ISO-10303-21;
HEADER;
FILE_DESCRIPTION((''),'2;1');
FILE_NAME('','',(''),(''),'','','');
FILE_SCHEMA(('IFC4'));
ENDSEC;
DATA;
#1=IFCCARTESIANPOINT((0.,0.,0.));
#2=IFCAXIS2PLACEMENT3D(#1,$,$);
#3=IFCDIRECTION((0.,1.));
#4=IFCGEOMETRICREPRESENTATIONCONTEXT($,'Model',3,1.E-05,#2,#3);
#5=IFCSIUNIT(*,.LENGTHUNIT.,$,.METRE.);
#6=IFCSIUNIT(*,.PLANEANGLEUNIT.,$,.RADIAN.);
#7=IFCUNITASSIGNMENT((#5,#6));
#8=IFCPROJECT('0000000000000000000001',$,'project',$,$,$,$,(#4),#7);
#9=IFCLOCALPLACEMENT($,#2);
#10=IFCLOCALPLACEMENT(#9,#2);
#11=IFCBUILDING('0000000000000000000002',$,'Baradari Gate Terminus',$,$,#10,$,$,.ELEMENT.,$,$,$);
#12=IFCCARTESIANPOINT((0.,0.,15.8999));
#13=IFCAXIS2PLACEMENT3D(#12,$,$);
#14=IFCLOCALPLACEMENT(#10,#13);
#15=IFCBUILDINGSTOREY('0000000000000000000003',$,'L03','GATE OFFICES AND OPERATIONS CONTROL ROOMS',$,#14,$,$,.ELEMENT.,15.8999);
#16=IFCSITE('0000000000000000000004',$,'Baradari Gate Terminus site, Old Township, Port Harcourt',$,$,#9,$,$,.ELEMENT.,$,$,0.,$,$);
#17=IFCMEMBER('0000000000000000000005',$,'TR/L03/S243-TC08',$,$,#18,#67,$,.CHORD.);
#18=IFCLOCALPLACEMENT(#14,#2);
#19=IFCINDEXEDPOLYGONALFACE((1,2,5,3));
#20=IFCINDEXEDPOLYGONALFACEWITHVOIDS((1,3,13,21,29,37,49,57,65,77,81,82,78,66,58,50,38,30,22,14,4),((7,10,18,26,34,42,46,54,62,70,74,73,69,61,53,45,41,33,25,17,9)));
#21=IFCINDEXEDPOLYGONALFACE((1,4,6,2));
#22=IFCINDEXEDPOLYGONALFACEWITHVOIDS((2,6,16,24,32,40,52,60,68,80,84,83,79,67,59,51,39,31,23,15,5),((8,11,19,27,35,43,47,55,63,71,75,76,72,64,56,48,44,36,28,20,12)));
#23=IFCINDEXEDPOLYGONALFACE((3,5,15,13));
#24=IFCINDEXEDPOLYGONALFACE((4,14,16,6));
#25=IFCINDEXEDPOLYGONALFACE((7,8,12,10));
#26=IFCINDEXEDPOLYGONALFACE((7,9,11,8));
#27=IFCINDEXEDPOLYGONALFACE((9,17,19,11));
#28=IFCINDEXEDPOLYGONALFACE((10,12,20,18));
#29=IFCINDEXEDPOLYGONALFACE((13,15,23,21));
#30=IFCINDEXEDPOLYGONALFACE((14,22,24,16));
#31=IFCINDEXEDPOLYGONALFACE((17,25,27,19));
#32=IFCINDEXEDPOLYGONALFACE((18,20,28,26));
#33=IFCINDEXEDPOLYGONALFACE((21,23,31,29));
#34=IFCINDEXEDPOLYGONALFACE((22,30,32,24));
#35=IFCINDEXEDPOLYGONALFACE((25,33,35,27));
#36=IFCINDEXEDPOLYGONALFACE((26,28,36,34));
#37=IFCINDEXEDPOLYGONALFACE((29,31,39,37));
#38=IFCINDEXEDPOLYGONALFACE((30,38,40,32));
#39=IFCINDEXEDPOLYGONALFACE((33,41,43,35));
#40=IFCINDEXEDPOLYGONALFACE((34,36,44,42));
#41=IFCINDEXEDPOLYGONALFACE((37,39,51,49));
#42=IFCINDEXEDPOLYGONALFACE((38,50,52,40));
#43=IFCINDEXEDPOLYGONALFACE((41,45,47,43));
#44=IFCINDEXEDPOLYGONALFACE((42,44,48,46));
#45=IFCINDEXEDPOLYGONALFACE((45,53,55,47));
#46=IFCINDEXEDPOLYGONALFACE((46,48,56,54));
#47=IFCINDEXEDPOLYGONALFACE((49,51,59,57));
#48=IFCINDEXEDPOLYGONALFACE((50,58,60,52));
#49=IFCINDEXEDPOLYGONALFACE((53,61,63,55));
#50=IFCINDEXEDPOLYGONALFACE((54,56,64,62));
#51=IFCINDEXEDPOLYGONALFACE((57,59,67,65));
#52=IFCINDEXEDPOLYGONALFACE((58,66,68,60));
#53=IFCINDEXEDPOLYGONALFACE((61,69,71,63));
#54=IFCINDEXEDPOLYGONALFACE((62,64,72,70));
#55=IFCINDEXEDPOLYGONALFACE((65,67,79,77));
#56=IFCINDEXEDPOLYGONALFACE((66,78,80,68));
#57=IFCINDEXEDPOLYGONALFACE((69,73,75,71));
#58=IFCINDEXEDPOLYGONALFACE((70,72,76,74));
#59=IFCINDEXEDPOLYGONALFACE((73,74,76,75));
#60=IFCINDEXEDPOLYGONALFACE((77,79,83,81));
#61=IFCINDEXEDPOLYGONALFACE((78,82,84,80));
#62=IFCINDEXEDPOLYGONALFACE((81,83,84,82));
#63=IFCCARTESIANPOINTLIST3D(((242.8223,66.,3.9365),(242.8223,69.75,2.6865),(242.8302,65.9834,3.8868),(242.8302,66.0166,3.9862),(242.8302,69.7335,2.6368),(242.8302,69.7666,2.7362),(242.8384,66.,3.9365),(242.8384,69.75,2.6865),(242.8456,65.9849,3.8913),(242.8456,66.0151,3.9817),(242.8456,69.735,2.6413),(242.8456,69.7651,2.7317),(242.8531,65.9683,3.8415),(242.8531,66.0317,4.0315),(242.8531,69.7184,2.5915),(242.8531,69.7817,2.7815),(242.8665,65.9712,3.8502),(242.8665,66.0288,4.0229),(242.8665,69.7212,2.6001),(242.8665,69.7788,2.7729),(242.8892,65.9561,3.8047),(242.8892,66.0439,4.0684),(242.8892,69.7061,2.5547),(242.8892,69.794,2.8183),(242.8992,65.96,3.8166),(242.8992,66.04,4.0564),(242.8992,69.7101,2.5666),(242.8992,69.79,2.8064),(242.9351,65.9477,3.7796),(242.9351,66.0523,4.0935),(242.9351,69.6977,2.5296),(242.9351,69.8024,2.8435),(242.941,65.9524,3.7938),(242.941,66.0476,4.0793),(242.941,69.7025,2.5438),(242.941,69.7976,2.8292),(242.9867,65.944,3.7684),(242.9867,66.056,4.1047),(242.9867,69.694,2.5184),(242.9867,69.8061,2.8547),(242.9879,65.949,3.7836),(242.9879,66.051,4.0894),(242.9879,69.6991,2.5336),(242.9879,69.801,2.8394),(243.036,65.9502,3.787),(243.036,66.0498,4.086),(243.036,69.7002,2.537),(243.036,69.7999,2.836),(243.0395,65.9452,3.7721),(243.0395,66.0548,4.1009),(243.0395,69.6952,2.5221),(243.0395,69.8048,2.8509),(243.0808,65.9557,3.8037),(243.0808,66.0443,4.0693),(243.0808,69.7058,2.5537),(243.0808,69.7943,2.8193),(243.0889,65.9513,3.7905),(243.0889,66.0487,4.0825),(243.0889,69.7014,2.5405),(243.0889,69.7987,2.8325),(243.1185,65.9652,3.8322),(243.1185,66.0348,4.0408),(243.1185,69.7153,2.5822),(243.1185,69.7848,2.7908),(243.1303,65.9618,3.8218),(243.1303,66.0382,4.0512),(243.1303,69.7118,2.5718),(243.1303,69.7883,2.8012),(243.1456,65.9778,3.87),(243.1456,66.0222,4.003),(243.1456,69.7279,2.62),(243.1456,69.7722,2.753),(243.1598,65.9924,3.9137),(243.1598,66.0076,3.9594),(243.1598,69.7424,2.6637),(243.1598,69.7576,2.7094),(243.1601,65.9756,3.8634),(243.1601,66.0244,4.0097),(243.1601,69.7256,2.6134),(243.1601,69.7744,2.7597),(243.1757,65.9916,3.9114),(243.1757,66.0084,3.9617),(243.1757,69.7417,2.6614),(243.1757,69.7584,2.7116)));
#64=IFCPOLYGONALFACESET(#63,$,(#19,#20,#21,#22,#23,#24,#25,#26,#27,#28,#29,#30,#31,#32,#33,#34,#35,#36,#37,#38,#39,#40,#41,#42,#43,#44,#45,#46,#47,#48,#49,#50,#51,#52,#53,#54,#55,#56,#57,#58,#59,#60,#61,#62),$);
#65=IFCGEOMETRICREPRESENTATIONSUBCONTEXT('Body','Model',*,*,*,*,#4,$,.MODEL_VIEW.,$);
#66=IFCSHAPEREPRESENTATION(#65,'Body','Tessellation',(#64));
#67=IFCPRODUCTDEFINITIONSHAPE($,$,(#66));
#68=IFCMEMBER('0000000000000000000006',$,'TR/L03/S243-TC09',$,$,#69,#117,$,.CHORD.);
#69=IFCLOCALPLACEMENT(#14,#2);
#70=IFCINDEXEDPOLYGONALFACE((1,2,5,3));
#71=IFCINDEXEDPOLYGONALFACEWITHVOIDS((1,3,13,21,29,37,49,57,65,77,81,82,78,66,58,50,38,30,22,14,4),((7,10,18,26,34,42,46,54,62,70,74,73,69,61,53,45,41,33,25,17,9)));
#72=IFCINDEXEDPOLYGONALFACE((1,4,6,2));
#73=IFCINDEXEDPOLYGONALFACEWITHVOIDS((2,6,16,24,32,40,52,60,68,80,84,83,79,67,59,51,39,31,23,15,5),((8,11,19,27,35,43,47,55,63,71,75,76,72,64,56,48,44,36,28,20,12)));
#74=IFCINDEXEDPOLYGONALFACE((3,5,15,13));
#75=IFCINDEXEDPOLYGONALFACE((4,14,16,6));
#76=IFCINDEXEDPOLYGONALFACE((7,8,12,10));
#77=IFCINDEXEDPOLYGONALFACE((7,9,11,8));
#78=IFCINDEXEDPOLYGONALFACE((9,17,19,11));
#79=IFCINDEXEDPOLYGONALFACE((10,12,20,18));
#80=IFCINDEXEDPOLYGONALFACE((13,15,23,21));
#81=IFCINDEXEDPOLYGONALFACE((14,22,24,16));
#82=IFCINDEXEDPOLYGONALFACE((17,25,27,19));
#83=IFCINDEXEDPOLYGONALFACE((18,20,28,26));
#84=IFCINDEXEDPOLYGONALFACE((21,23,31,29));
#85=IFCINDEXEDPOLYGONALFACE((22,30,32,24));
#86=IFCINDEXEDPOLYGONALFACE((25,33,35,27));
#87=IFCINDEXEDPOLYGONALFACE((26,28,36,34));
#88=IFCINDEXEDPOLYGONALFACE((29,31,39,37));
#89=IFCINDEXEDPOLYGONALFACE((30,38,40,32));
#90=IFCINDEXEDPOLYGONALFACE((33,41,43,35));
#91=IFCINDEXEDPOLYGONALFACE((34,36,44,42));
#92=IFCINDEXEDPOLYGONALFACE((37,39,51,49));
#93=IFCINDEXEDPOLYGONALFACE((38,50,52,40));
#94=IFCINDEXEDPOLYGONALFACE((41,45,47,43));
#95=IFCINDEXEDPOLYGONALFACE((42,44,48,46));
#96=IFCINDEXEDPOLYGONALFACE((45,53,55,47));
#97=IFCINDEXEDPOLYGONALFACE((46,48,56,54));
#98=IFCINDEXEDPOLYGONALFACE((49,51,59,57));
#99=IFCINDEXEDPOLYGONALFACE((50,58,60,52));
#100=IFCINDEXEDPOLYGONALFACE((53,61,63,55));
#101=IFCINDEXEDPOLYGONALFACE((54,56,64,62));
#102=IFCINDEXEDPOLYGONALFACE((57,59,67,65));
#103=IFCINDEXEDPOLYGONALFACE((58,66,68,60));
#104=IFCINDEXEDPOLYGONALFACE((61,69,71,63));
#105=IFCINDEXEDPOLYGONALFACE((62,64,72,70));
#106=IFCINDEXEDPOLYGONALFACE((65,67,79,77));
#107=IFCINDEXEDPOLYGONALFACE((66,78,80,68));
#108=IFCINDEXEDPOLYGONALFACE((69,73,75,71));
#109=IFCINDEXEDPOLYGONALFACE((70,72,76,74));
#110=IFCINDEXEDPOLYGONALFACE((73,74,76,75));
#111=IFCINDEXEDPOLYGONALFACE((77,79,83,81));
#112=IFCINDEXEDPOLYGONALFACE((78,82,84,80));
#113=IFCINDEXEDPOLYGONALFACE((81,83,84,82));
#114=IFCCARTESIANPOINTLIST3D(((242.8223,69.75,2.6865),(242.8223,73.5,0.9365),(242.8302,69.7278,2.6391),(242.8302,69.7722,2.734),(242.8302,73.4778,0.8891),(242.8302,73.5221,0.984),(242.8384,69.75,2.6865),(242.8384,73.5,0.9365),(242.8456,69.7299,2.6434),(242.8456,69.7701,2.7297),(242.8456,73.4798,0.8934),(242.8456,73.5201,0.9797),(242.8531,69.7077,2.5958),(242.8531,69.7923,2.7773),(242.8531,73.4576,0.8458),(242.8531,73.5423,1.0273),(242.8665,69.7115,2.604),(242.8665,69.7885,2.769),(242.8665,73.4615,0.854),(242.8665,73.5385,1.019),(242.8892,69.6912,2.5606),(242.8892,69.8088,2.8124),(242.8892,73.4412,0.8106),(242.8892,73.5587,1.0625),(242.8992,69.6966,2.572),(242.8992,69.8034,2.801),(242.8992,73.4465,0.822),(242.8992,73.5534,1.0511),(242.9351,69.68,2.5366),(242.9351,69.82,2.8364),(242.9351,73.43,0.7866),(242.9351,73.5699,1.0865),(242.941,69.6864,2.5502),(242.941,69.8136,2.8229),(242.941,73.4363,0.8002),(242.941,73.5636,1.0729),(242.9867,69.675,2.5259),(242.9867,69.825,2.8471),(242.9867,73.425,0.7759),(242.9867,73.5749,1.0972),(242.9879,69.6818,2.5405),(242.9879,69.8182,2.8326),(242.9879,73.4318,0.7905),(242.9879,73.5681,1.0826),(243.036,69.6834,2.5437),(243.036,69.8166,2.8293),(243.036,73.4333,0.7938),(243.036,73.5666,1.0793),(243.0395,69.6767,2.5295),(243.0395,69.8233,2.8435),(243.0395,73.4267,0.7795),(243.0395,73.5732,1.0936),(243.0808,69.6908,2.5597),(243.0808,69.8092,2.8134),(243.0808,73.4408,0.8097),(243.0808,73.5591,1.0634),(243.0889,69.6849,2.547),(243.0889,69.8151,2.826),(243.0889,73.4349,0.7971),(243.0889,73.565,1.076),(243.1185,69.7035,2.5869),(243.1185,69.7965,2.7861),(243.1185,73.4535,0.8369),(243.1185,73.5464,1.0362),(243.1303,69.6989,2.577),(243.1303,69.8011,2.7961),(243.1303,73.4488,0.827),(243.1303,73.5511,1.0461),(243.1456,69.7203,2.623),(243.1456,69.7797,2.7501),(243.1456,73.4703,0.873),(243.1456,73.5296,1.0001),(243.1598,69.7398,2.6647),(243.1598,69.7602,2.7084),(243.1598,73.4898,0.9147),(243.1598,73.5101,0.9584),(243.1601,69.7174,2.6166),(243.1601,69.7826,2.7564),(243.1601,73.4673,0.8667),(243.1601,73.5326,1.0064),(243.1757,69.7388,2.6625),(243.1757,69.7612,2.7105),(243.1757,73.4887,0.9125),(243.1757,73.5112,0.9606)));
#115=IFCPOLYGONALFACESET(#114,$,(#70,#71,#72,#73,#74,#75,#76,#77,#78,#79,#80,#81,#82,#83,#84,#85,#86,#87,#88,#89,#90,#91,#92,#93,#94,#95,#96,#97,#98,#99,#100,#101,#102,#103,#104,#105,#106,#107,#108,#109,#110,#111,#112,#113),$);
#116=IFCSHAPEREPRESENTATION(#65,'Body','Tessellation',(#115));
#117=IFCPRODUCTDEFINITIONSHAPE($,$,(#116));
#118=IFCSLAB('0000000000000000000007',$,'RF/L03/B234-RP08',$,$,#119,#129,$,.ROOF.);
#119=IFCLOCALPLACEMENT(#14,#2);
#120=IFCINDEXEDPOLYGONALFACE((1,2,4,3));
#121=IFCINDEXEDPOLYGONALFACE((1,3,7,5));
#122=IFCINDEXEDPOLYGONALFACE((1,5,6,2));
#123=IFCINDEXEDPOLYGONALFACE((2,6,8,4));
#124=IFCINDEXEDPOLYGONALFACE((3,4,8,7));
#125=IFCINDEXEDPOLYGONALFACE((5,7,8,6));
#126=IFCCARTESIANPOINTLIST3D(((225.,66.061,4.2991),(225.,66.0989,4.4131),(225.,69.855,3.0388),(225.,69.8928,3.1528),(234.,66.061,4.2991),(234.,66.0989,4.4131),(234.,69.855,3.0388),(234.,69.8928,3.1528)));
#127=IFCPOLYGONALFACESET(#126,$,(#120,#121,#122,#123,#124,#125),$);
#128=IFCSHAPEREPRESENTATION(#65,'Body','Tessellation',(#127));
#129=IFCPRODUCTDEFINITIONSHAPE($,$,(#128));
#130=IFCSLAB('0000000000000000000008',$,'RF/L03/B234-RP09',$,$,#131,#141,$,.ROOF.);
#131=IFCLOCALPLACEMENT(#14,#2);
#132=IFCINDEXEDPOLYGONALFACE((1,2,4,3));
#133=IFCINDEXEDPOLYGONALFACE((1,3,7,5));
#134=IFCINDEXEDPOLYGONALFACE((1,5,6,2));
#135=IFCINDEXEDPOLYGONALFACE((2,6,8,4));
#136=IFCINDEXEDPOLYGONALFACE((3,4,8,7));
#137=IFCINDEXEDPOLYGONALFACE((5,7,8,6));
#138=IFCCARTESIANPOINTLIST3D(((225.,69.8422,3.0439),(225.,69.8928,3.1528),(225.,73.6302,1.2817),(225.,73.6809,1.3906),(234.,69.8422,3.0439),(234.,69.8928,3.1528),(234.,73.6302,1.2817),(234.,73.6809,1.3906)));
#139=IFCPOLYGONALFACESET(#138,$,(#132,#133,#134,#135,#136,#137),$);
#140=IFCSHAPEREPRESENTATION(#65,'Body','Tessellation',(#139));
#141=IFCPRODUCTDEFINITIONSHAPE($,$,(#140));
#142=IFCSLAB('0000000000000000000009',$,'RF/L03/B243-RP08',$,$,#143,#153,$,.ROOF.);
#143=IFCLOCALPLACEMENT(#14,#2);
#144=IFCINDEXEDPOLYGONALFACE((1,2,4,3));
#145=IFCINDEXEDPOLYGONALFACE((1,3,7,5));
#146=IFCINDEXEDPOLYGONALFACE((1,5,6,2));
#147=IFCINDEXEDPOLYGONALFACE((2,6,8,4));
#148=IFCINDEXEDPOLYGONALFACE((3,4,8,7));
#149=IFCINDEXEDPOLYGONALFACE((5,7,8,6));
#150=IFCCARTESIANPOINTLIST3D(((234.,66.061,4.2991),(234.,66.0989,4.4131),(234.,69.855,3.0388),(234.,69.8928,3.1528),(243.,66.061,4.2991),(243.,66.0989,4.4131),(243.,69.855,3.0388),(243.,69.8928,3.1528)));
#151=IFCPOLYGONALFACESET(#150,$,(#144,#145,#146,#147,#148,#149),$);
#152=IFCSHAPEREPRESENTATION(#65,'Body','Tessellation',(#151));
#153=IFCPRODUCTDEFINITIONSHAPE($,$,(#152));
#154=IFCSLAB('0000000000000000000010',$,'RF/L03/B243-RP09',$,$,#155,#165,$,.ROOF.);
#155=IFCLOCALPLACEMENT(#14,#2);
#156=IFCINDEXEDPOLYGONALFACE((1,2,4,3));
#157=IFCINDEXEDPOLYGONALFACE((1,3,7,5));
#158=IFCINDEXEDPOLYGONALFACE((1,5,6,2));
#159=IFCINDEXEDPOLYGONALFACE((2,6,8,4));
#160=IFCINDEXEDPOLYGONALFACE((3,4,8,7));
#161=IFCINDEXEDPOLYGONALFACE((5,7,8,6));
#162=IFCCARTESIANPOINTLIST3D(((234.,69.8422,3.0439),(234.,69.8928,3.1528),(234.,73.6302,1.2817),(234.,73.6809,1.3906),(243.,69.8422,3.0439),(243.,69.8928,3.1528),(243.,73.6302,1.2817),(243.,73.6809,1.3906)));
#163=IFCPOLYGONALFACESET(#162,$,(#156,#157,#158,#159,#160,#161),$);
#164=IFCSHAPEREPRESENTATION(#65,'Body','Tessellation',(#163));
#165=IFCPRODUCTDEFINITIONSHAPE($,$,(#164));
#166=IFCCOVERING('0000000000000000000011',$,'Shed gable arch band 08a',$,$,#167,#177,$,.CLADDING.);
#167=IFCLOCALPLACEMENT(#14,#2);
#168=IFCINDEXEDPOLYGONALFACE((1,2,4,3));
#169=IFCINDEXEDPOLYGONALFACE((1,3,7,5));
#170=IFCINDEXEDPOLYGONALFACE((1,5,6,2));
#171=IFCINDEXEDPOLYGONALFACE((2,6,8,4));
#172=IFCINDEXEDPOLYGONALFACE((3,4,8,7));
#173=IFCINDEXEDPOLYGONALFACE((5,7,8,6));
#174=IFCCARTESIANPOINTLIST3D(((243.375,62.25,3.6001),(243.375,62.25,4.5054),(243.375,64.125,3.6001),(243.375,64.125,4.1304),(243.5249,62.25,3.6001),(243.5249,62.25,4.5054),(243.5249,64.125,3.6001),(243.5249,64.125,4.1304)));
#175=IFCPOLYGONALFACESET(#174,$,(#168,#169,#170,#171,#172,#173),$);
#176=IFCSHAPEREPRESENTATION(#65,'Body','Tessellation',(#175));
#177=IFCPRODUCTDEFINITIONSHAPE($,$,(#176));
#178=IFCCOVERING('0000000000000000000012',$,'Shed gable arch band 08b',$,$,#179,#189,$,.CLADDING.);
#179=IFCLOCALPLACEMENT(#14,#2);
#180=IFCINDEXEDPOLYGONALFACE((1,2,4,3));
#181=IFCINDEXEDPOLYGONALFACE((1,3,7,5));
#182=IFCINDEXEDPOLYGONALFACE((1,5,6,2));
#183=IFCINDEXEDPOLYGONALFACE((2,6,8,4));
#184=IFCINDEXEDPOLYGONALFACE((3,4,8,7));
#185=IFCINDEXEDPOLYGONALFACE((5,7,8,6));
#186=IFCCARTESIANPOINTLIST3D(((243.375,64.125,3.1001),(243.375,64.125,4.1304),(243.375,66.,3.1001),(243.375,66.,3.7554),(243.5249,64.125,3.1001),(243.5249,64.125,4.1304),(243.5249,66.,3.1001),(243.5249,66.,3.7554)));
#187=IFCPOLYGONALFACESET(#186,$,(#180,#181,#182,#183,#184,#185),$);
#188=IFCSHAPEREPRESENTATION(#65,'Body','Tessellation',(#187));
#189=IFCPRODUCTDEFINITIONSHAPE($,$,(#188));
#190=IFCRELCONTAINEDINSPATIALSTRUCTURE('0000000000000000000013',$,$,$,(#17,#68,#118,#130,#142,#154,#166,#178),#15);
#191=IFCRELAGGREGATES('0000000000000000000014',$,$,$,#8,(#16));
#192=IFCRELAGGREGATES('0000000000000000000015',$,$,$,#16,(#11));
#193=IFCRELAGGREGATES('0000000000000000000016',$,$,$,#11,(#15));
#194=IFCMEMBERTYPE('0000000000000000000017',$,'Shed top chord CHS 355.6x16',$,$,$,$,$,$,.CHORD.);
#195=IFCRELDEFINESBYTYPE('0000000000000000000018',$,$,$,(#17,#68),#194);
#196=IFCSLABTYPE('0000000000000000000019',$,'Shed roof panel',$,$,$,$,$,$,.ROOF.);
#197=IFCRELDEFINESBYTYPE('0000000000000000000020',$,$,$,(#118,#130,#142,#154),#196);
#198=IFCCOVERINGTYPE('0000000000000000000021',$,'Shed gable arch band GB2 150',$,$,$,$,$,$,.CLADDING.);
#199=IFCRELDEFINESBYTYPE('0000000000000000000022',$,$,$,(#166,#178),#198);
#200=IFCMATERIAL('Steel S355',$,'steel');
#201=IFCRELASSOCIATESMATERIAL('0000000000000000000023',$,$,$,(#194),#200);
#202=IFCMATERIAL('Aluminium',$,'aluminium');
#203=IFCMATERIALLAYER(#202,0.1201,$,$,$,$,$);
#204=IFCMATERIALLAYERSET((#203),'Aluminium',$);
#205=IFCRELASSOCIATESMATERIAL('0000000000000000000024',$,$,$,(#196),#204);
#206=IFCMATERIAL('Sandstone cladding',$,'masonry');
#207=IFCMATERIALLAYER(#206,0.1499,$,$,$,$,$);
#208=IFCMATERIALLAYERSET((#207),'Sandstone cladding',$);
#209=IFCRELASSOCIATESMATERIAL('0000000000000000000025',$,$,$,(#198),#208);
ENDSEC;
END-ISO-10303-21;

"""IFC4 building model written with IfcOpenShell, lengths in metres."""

from ifc_helpers import new_model, si_unit, direction, frame, origin, origin_2d, place, context, subcontext, project, spatial, polyline, hollow_circle, outline, extrude, material, layer, layer_set, material_profile, profile_set, type_object, element, save


model = new_model("IFC4")

# Units and contexts
model_context = context("Model", 3, precision=1e-05, world=origin(), true_north=direction((0.0, 1.0)))
body_context = subcontext(model_context, "Body", "Model", "MODEL_VIEW")
ifc_project = project(units=[si_unit("LENGTHUNIT", "METRE"), si_unit("PLANEANGLEUNIT", "RADIAN")], contexts=[model_context])

# Site, building, storey
site_placement = place(None, origin())
site = spatial("IfcSite", under=ifc_project, at=site_placement, Name="Baradari Gate Terminus site, Old Township, Port Harcourt", CompositionType="ELEMENT", RefElevation=0.0)
building_placement = place(site_placement, origin())
building = spatial("IfcBuilding", under=site, at=building_placement, Name="Baradari Gate Terminus", CompositionType="ELEMENT")
storey_placement = place(building_placement, frame((0.0, 0.0, 15.8999)))
storey = spatial("IfcBuildingStorey", under=building, at=storey_placement, Name="L03", Description="GATE OFFICES AND OPERATIONS CONTROL ROOMS", CompositionType="ELEMENT", Elevation=15.8999)

# Members
ifc_material_1 = material(Name="Steel S355", Category="steel")
ifc_material_profile_1 = material_profile(ifc_material_1, hollow_circle(Radius=0.1777, WallThickness=0.0161, at=origin_2d()), Name="CHS 355.6x16")
ifc_profile_set_1 = profile_set([ifc_material_profile_1], Name="Steel S355")
member_type_1 = type_object("IfcMemberType", Name="Shed top chord CHS 355.6x16", PredefinedType="CHORD", material=ifc_profile_set_1)
member_1_placement = place(storey_placement, frame((243.0, 66.0, 3.9365), z_axis=(0.0, 0.948683, -0.316228), x_axis=(-1.0, 0.0, 0.0)))
element("IfcMember", 1, at=member_1_placement, inside=storey, type_object=member_type_1, Name="TR/L03/S243-TC08", PredefinedType="CHORD", context=body_context, shape_type="SweptSolid", body=[
    extrude(hollow_circle(Radius=0.1777, WallThickness=0.0161, at=origin_2d()), origin(), (0.0, 0.0, 1.0), 3.9529),
])
member_2_placement = place(storey_placement, frame((243.0, 69.75, 2.6865), z_axis=(0.0, 0.906183, -0.422885), x_axis=(-1.0, 0.0, 0.0)))
element("IfcMember", 2, at=member_2_placement, inside=storey, type_object=member_type_1, Name="TR/L03/S243-TC09", PredefinedType="CHORD", context=body_context, shape_type="SweptSolid", body=[
    extrude(hollow_circle(Radius=0.1777, WallThickness=0.0161, at=origin_2d()), origin(), (0.0, 0.0, 1.0), 4.1382),
])

# Slabs
ifc_material_2 = material(Name="Aluminium", Category="aluminium")
ifc_layer_1 = layer(ifc_material_2, 0.1201)
ifc_layer_set_1 = layer_set([ifc_layer_1], Name="Aluminium")
slab_type = type_object("IfcSlabType", Name="Shed roof panel", PredefinedType="ROOF", material=ifc_layer_set_1)
slab_1_placement = place(storey_placement, frame((225.0, 66.0989, 4.4131), z_axis=(0.0, 0.315238, 0.949013), x_axis=(1.0, 0.0, 0.0)))
element("IfcSlab", 3, at=slab_1_placement, inside=storey, type_object=slab_type, Name="RF/L03/B234-RP08", PredefinedType="ROOF", context=body_context, shape_type="SweptSolid", body=[
    extrude(outline(polyline([(0.0, 0.0), (9.0, 0.0), (9.0, 3.9978), (0.0, 3.9978), (0.0, 0.0)])), origin(), (0.0, 0.0, -1.0), 0.1201),
])
slab_2_placement = place(storey_placement, frame((225.0, 69.8928, 3.1528), z_axis=(0.0, 0.421791, 0.906693), x_axis=(1.0, 0.0, 0.0)))
element("IfcSlab", 4, at=slab_2_placement, inside=storey, type_object=slab_type, Name="RF/L03/B234-RP09", PredefinedType="ROOF", context=body_context, shape_type="SweptSolid", body=[
    extrude(outline(polyline([(0.0, 0.0), (9.0, 0.0), (9.0, 4.1779), (0.0, 4.1779), (0.0, 0.0)])), origin(), (0.0, 0.0, -1.0), 0.1201),
])
slab_3_placement = place(storey_placement, frame((234.0, 66.0989, 4.4131), z_axis=(0.0, 0.315238, 0.949013), x_axis=(1.0, 0.0, 0.0)))
element("IfcSlab", 5, at=slab_3_placement, inside=storey, type_object=slab_type, Name="RF/L03/B243-RP08", PredefinedType="ROOF", context=body_context, shape_type="SweptSolid", body=[
    extrude(outline(polyline([(0.0, 0.0), (9.0, 0.0), (9.0, 3.9978), (0.0, 3.9978), (0.0, 0.0)])), origin(), (0.0, 0.0, -1.0), 0.1201),
])
slab_4_placement = place(storey_placement, frame((234.0, 69.8928, 3.1528), z_axis=(0.0, 0.421791, 0.906693), x_axis=(1.0, 0.0, 0.0)))
element("IfcSlab", 6, at=slab_4_placement, inside=storey, type_object=slab_type, Name="RF/L03/B243-RP09", PredefinedType="ROOF", context=body_context, shape_type="SweptSolid", body=[
    extrude(outline(polyline([(0.0, 0.0), (9.0, 0.0), (9.0, 4.1779), (0.0, 4.1779), (0.0, 0.0)])), origin(), (0.0, 0.0, -1.0), 0.1201),
])

# Coverings
ifc_material_3 = material(Name="Sandstone cladding", Category="masonry")
ifc_layer_2 = layer(ifc_material_3, 0.1499)
ifc_layer_set_2 = layer_set([ifc_layer_2], Name="Sandstone cladding")
covering_type = type_object("IfcCoveringType", Name="Shed gable arch band GB2 150", PredefinedType="CLADDING", material=ifc_layer_set_2)
covering_1_placement = place(storey_placement, frame((243.45, 62.25, 3.6001), z_axis=(0.0, 0.0, 1.0), x_axis=(0.0, 1.0, 0.0)))
element("IfcCovering", 7, at=covering_1_placement, inside=storey, type_object=covering_type, Name="Shed gable arch band 08a", PredefinedType="CLADDING", context=body_context, shape_type="SweptSolid", body=[
    extrude(outline(polyline([(1.875, 0.0), (1.875, 0.5303), (0.0, 0.9053), (0.0, 0.0), (1.875, 0.0)])), frame((0.0, 0.075, 0.0), z_axis=(0.0, -1.0, 0.0), x_axis=(1.0, 0.0, 0.0)), (0.0, 0.0, 1.0), 0.1499),
])
covering_2_placement = place(storey_placement, frame((243.45, 64.125, 3.1001), z_axis=(0.0, 0.0, 1.0), x_axis=(0.0, 1.0, 0.0)))
element("IfcCovering", 8, at=covering_2_placement, inside=storey, type_object=covering_type, Name="Shed gable arch band 08b", PredefinedType="CLADDING", context=body_context, shape_type="SweptSolid", body=[
    extrude(outline(polyline([(1.875, 0.0), (1.875, 0.6553), (0.0, 1.0303), (0.0, 0.0), (1.875, 0.0)])), frame((0.0, 0.075, 0.0), z_axis=(0.0, -1.0, 0.0), x_axis=(1.0, 0.0, 0.0)), (0.0, 0.0, 1.0), 0.1499),
])

save(model, "model.ifc")
